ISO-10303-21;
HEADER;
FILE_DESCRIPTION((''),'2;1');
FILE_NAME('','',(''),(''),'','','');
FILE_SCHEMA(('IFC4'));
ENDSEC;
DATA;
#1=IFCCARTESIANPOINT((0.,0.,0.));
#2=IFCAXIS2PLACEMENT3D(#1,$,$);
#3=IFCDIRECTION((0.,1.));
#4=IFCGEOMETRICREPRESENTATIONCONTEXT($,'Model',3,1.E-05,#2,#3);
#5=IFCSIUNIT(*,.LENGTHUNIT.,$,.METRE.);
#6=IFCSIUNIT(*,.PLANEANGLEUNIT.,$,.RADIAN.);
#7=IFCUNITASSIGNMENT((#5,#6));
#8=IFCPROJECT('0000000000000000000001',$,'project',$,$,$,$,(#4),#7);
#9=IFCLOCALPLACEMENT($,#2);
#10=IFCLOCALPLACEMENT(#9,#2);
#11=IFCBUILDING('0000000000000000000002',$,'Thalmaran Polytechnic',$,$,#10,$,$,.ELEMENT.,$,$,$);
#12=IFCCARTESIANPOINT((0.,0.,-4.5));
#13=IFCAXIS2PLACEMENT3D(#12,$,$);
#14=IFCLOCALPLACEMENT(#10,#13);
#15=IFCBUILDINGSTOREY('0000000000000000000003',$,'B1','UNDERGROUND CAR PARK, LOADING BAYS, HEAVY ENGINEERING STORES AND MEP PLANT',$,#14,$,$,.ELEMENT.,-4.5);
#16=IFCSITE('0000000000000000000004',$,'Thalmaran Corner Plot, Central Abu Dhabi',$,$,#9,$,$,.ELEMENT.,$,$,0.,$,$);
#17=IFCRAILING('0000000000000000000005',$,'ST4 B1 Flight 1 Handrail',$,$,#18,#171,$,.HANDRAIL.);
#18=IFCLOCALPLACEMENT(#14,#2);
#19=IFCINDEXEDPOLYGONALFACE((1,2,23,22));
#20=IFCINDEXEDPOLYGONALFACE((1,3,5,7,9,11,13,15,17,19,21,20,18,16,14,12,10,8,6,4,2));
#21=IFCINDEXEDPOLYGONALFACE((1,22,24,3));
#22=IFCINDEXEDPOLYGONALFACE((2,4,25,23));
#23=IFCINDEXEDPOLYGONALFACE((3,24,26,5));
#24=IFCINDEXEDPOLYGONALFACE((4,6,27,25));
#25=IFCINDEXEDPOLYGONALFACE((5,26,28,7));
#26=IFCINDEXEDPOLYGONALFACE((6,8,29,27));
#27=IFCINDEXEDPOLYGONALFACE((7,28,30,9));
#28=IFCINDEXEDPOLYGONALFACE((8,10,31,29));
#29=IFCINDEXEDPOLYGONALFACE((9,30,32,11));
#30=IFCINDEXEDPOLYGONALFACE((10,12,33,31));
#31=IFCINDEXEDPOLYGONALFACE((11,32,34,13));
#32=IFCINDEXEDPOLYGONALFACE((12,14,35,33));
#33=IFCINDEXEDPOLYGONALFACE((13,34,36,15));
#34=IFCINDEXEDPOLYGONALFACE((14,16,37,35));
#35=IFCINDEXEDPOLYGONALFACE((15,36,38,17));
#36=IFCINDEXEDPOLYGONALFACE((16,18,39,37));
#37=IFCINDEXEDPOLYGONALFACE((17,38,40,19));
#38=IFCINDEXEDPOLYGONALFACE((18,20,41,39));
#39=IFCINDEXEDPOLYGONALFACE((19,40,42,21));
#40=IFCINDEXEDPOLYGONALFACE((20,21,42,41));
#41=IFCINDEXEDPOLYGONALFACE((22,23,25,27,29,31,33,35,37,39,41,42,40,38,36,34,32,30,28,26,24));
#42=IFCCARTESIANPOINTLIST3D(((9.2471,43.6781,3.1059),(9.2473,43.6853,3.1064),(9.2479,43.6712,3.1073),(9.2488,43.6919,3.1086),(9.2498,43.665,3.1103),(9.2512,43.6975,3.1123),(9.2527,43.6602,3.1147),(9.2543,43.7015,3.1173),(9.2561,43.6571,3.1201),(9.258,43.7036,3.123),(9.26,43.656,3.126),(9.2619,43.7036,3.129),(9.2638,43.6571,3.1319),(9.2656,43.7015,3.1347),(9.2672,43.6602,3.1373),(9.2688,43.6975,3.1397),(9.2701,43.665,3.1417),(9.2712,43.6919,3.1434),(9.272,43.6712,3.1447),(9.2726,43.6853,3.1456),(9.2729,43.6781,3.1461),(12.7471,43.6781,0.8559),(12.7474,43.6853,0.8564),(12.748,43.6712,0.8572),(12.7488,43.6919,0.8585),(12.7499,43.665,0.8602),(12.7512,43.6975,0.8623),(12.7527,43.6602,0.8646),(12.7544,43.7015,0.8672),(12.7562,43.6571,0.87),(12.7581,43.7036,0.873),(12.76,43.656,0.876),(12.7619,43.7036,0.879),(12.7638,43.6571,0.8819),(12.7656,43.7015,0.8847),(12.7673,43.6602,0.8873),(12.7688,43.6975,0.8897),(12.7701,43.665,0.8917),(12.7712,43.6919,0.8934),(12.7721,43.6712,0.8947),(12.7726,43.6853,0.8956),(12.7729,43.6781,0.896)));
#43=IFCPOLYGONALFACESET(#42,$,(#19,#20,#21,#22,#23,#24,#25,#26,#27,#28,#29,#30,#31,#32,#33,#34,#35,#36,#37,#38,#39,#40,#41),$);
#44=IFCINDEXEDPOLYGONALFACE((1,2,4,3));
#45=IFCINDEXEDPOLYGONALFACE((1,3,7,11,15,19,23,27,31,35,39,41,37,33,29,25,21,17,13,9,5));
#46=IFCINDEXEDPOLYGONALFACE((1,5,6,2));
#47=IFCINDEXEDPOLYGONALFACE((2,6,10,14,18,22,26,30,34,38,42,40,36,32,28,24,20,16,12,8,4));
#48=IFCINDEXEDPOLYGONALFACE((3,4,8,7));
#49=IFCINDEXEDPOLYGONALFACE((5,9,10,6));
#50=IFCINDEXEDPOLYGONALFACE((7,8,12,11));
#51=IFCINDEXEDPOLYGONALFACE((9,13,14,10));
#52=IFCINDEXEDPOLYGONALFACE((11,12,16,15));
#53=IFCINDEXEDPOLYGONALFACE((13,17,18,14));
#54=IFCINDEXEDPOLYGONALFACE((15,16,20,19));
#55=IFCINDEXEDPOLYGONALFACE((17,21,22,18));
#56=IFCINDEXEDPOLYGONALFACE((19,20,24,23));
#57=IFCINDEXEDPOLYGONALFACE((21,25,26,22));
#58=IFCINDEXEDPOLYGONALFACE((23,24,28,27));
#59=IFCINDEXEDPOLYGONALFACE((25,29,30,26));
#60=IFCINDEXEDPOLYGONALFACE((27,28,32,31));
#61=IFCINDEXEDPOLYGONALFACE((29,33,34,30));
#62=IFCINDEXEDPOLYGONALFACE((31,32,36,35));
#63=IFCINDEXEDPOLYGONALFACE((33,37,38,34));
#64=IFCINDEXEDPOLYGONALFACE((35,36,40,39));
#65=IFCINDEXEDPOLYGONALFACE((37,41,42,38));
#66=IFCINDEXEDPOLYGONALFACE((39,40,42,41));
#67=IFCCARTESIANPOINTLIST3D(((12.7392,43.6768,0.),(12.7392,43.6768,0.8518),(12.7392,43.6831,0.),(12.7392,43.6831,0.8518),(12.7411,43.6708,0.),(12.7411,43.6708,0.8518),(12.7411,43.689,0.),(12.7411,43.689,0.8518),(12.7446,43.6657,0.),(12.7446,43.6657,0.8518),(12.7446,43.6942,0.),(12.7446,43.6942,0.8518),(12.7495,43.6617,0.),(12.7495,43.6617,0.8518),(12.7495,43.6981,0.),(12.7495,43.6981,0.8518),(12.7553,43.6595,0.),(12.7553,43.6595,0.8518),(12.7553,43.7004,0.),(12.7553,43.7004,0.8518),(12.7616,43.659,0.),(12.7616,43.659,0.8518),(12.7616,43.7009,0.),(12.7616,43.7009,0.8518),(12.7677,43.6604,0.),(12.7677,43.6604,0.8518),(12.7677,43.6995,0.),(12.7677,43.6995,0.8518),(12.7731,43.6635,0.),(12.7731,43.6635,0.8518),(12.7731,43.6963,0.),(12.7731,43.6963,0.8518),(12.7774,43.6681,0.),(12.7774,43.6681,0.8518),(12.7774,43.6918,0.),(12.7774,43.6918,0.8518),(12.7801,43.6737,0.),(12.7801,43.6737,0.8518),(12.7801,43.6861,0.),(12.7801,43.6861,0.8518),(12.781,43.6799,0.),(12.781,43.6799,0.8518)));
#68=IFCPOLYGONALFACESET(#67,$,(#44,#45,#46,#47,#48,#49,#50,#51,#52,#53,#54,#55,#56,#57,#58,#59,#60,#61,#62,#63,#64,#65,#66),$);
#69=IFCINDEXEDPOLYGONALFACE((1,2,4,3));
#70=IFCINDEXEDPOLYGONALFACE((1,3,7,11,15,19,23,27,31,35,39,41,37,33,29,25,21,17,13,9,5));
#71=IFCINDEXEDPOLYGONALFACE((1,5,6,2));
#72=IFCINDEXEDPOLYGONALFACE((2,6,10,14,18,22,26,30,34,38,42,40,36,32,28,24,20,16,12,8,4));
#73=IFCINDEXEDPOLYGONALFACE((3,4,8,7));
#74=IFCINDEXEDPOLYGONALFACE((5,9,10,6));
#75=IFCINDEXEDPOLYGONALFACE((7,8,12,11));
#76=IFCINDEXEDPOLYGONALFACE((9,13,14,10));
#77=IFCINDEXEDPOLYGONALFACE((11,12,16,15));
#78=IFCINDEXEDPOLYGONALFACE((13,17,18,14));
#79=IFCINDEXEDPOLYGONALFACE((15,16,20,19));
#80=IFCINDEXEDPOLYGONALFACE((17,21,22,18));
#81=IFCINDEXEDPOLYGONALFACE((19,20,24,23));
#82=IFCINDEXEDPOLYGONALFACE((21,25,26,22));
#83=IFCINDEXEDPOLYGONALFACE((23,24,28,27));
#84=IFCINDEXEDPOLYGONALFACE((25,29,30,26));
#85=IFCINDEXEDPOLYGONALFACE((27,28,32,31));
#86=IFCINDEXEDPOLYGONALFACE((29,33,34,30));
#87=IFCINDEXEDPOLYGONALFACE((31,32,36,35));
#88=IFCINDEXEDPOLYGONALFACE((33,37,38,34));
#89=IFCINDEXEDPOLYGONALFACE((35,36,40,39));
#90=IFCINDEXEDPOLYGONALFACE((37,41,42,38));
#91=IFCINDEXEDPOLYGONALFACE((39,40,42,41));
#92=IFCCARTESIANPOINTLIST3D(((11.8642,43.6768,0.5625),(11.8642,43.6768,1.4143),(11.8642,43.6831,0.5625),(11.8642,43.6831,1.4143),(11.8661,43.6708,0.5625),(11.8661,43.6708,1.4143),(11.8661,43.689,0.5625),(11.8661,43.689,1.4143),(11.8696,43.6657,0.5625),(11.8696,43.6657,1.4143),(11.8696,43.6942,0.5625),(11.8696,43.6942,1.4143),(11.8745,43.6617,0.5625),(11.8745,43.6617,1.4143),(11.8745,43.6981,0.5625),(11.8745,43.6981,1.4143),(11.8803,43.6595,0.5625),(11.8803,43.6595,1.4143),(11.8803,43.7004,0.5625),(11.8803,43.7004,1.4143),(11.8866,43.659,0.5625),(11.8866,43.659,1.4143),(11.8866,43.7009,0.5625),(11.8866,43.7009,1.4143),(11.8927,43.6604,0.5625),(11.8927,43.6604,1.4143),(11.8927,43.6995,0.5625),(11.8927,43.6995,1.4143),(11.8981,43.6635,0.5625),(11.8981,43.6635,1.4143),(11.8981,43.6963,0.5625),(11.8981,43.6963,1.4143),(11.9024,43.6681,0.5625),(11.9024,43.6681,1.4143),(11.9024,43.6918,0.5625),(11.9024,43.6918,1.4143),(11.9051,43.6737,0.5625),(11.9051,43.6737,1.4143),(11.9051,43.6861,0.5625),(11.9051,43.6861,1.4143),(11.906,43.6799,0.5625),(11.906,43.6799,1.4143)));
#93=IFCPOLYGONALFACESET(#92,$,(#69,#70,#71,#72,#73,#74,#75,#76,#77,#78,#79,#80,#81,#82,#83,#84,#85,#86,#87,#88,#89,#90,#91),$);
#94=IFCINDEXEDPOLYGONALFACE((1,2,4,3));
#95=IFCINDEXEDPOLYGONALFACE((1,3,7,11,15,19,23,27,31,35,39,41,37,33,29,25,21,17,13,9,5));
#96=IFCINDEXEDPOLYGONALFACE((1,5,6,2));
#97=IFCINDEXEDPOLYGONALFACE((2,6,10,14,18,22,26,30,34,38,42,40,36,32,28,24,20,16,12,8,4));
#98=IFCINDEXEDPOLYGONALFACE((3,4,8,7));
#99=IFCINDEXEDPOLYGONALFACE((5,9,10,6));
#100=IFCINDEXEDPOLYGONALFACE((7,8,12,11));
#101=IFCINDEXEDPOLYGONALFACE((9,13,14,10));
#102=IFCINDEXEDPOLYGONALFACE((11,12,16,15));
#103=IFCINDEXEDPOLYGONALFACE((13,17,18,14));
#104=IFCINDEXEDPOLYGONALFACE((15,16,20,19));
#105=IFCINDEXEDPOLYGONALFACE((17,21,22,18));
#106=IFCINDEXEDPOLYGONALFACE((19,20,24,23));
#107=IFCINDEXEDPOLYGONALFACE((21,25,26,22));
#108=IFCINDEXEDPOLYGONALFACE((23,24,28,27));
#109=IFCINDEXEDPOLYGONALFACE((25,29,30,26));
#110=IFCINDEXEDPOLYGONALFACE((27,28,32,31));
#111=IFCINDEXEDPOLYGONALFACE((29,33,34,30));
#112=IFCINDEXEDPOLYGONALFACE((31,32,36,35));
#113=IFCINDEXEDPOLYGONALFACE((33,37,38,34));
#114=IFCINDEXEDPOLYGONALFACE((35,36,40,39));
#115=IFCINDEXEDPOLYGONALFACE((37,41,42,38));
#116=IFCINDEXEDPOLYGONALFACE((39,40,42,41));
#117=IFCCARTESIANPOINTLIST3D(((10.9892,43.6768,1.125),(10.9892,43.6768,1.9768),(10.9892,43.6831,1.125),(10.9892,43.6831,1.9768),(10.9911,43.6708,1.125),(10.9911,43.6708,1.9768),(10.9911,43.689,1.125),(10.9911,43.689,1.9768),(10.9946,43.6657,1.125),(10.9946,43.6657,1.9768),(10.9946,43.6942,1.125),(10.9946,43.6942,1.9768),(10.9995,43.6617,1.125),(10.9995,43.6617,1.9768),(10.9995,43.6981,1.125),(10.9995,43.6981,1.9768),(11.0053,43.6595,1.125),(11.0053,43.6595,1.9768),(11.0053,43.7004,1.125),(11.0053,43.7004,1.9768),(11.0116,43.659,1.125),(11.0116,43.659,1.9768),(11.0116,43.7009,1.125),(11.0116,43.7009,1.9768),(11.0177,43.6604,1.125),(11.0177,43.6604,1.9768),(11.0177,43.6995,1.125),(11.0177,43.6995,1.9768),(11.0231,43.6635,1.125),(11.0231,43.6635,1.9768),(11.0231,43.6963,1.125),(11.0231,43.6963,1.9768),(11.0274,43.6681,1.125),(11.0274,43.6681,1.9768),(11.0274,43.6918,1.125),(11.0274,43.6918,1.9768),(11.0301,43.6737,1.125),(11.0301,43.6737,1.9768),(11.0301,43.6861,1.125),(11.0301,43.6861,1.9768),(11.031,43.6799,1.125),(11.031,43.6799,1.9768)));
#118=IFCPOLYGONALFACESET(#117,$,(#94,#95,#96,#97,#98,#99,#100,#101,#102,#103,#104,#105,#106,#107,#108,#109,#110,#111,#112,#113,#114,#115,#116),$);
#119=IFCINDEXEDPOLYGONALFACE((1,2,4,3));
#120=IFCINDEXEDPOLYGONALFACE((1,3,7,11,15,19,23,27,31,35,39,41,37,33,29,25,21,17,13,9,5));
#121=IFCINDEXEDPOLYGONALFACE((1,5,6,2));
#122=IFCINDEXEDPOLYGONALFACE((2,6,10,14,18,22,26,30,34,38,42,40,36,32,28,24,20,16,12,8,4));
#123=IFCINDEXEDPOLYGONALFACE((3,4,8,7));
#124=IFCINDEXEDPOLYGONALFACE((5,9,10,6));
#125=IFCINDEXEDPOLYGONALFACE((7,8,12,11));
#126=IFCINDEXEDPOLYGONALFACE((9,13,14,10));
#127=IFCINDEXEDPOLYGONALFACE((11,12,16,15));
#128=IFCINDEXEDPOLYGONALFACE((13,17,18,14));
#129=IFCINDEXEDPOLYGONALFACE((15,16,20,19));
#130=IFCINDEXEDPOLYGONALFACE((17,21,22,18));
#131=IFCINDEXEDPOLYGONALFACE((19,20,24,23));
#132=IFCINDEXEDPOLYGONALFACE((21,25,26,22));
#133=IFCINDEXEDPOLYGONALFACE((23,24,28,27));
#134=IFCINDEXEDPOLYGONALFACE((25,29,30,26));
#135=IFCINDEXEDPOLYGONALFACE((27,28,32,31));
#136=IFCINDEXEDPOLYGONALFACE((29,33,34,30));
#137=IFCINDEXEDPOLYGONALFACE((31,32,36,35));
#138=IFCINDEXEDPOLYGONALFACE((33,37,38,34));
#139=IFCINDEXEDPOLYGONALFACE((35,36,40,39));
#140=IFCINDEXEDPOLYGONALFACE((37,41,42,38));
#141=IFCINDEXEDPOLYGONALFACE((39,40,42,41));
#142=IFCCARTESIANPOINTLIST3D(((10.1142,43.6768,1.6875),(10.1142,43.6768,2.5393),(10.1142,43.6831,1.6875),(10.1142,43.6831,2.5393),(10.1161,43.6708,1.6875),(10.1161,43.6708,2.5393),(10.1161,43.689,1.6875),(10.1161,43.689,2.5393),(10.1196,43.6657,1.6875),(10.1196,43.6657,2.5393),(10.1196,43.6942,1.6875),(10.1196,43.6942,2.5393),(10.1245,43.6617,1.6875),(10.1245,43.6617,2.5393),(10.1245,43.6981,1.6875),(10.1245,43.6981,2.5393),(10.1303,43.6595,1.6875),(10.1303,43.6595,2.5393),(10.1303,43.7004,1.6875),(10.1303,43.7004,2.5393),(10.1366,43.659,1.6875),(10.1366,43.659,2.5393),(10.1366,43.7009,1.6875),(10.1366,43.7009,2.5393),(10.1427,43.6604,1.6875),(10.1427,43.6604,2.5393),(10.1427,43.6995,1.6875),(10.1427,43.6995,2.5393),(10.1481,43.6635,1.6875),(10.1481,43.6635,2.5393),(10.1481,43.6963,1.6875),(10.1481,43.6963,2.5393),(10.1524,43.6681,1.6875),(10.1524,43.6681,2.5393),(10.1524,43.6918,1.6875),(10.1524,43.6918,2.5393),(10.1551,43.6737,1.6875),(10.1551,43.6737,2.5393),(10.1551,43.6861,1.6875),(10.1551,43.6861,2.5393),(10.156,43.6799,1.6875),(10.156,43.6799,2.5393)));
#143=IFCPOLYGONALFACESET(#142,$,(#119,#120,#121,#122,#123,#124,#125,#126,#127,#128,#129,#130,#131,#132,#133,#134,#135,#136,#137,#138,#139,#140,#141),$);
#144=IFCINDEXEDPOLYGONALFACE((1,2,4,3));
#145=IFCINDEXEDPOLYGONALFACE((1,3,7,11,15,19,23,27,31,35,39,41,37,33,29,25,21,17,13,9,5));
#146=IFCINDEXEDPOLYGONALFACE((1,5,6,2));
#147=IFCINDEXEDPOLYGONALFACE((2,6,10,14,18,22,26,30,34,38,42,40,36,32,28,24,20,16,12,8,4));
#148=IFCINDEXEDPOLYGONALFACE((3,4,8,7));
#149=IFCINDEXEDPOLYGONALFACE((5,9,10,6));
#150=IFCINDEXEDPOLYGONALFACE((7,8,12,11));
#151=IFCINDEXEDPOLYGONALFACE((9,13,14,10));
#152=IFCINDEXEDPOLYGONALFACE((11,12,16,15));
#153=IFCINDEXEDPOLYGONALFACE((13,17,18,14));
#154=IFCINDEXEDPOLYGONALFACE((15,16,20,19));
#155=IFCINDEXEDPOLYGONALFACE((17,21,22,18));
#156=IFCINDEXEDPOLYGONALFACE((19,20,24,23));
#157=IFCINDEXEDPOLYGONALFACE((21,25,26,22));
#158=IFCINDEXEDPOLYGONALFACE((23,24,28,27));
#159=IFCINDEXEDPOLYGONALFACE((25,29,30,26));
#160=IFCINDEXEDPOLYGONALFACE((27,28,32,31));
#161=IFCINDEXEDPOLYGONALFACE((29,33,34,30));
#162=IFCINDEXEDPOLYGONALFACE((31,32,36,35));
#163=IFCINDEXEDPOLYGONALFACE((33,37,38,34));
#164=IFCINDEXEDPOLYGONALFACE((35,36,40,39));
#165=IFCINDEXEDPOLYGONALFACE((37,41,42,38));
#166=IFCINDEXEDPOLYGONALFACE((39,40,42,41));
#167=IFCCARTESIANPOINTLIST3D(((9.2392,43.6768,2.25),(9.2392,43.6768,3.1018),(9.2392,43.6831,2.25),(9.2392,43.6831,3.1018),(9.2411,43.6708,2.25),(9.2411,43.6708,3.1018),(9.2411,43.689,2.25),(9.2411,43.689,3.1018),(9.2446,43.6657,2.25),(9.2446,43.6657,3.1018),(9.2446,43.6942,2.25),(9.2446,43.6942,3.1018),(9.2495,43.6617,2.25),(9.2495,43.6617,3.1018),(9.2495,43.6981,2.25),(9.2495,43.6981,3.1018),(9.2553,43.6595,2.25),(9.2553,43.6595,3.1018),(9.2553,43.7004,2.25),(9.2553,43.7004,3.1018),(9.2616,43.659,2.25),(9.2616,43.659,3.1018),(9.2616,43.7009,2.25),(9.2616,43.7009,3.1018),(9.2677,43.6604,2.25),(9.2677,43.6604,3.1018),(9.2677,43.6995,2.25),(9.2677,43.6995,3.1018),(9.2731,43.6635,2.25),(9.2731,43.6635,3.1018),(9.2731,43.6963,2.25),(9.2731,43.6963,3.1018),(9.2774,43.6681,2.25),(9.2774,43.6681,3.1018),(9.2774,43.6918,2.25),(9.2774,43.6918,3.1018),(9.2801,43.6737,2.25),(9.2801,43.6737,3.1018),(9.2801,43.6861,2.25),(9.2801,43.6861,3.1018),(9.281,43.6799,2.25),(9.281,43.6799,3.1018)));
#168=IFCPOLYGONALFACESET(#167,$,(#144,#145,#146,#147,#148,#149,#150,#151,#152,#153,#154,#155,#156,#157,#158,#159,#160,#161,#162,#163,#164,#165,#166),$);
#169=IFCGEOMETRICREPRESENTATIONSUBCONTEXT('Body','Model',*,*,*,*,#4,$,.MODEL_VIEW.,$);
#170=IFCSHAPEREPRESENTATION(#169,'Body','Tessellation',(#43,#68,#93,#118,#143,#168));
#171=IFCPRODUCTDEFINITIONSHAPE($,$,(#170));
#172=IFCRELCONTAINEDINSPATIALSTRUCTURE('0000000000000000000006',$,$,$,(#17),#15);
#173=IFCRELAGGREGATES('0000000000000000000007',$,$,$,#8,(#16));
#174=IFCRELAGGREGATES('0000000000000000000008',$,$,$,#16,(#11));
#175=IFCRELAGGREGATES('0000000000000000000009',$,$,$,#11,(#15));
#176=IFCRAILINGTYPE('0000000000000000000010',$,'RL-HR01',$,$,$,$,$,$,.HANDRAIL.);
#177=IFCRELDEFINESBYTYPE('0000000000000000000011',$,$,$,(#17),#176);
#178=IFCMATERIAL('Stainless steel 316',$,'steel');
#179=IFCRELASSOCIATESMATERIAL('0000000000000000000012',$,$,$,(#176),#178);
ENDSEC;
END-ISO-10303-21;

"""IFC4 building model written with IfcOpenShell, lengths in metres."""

from ifc_helpers import new_model, si_unit, direction, frame, origin, origin_2d, place, context, subcontext, project, spatial, circle, extrude, material, type_object, element, save


model = new_model("IFC4")

# Units and contexts
model_context = context("Model", 3, precision=1e-05, world=origin(), true_north=direction((0.0, 1.0)))
body_context = subcontext(model_context, "Body", "Model", "MODEL_VIEW")
ifc_project = project(units=[si_unit("LENGTHUNIT", "METRE"), si_unit("PLANEANGLEUNIT", "RADIAN")], contexts=[model_context])

# Site, building, storey
site_placement = place(None, origin())
site = spatial("IfcSite", under=ifc_project, at=site_placement, Name="Thalmaran Corner Plot, Central Abu Dhabi", CompositionType="ELEMENT", RefElevation=0.0)
building_placement = place(site_placement, origin())
building = spatial("IfcBuilding", under=site, at=building_placement, Name="Thalmaran Polytechnic", CompositionType="ELEMENT")
storey_placement = place(building_placement, frame((0.0, 0.0, -4.5)))
storey = spatial("IfcBuildingStorey", under=building, at=storey_placement, Name="B1", Description="UNDERGROUND CAR PARK, LOADING BAYS, HEAVY ENGINEERING STORES AND MEP PLANT", CompositionType="ELEMENT", Elevation=-4.5)

# Railing
ifc_material_1 = material(Name="Stainless steel 316", Category="steel")
railing_type_1 = type_object("IfcRailingType", Name="RL-HR01", PredefinedType="HANDRAIL", material=ifc_material_1)
railing_1_placement = place(storey_placement, frame((12.76, 43.6799, 0.0)))
element("IfcRailing", 1, at=railing_1_placement, inside=storey, type_object=railing_type_1, Name="ST4 B1 Flight 1 Handrail", PredefinedType="HANDRAIL", context=body_context, shape_type="SweptSolid", body=[
    extrude(circle(Radius=0.0239, at=origin_2d()), frame((0.0, 0.0, 0.876), z_axis=(-0.841178, 0.0, 0.540758), x_axis=(0.0, -1.0, 0.0)), (0.0, 0.0, 1.0), 4.1609),
    extrude(circle(Radius=0.021, at=origin_2d()), origin(), (0.0, 0.0, 1.0), 0.8518),
    extrude(circle(Radius=0.021, at=origin_2d()), frame((-0.875, 0.0, 0.5625)), (0.0, 0.0, 1.0), 0.8518),
    extrude(circle(Radius=0.021, at=origin_2d()), frame((-1.75, 0.0, 1.125)), (0.0, 0.0, 1.0), 0.8518),
    extrude(circle(Radius=0.021, at=origin_2d()), frame((-2.625, 0.0, 1.6875)), (0.0, 0.0, 1.0), 0.8518),
    extrude(circle(Radius=0.021, at=origin_2d()), frame((-3.5, 0.0, 2.25)), (0.0, 0.0, 1.0), 0.8518),
])

save(model, "model.ifc")
